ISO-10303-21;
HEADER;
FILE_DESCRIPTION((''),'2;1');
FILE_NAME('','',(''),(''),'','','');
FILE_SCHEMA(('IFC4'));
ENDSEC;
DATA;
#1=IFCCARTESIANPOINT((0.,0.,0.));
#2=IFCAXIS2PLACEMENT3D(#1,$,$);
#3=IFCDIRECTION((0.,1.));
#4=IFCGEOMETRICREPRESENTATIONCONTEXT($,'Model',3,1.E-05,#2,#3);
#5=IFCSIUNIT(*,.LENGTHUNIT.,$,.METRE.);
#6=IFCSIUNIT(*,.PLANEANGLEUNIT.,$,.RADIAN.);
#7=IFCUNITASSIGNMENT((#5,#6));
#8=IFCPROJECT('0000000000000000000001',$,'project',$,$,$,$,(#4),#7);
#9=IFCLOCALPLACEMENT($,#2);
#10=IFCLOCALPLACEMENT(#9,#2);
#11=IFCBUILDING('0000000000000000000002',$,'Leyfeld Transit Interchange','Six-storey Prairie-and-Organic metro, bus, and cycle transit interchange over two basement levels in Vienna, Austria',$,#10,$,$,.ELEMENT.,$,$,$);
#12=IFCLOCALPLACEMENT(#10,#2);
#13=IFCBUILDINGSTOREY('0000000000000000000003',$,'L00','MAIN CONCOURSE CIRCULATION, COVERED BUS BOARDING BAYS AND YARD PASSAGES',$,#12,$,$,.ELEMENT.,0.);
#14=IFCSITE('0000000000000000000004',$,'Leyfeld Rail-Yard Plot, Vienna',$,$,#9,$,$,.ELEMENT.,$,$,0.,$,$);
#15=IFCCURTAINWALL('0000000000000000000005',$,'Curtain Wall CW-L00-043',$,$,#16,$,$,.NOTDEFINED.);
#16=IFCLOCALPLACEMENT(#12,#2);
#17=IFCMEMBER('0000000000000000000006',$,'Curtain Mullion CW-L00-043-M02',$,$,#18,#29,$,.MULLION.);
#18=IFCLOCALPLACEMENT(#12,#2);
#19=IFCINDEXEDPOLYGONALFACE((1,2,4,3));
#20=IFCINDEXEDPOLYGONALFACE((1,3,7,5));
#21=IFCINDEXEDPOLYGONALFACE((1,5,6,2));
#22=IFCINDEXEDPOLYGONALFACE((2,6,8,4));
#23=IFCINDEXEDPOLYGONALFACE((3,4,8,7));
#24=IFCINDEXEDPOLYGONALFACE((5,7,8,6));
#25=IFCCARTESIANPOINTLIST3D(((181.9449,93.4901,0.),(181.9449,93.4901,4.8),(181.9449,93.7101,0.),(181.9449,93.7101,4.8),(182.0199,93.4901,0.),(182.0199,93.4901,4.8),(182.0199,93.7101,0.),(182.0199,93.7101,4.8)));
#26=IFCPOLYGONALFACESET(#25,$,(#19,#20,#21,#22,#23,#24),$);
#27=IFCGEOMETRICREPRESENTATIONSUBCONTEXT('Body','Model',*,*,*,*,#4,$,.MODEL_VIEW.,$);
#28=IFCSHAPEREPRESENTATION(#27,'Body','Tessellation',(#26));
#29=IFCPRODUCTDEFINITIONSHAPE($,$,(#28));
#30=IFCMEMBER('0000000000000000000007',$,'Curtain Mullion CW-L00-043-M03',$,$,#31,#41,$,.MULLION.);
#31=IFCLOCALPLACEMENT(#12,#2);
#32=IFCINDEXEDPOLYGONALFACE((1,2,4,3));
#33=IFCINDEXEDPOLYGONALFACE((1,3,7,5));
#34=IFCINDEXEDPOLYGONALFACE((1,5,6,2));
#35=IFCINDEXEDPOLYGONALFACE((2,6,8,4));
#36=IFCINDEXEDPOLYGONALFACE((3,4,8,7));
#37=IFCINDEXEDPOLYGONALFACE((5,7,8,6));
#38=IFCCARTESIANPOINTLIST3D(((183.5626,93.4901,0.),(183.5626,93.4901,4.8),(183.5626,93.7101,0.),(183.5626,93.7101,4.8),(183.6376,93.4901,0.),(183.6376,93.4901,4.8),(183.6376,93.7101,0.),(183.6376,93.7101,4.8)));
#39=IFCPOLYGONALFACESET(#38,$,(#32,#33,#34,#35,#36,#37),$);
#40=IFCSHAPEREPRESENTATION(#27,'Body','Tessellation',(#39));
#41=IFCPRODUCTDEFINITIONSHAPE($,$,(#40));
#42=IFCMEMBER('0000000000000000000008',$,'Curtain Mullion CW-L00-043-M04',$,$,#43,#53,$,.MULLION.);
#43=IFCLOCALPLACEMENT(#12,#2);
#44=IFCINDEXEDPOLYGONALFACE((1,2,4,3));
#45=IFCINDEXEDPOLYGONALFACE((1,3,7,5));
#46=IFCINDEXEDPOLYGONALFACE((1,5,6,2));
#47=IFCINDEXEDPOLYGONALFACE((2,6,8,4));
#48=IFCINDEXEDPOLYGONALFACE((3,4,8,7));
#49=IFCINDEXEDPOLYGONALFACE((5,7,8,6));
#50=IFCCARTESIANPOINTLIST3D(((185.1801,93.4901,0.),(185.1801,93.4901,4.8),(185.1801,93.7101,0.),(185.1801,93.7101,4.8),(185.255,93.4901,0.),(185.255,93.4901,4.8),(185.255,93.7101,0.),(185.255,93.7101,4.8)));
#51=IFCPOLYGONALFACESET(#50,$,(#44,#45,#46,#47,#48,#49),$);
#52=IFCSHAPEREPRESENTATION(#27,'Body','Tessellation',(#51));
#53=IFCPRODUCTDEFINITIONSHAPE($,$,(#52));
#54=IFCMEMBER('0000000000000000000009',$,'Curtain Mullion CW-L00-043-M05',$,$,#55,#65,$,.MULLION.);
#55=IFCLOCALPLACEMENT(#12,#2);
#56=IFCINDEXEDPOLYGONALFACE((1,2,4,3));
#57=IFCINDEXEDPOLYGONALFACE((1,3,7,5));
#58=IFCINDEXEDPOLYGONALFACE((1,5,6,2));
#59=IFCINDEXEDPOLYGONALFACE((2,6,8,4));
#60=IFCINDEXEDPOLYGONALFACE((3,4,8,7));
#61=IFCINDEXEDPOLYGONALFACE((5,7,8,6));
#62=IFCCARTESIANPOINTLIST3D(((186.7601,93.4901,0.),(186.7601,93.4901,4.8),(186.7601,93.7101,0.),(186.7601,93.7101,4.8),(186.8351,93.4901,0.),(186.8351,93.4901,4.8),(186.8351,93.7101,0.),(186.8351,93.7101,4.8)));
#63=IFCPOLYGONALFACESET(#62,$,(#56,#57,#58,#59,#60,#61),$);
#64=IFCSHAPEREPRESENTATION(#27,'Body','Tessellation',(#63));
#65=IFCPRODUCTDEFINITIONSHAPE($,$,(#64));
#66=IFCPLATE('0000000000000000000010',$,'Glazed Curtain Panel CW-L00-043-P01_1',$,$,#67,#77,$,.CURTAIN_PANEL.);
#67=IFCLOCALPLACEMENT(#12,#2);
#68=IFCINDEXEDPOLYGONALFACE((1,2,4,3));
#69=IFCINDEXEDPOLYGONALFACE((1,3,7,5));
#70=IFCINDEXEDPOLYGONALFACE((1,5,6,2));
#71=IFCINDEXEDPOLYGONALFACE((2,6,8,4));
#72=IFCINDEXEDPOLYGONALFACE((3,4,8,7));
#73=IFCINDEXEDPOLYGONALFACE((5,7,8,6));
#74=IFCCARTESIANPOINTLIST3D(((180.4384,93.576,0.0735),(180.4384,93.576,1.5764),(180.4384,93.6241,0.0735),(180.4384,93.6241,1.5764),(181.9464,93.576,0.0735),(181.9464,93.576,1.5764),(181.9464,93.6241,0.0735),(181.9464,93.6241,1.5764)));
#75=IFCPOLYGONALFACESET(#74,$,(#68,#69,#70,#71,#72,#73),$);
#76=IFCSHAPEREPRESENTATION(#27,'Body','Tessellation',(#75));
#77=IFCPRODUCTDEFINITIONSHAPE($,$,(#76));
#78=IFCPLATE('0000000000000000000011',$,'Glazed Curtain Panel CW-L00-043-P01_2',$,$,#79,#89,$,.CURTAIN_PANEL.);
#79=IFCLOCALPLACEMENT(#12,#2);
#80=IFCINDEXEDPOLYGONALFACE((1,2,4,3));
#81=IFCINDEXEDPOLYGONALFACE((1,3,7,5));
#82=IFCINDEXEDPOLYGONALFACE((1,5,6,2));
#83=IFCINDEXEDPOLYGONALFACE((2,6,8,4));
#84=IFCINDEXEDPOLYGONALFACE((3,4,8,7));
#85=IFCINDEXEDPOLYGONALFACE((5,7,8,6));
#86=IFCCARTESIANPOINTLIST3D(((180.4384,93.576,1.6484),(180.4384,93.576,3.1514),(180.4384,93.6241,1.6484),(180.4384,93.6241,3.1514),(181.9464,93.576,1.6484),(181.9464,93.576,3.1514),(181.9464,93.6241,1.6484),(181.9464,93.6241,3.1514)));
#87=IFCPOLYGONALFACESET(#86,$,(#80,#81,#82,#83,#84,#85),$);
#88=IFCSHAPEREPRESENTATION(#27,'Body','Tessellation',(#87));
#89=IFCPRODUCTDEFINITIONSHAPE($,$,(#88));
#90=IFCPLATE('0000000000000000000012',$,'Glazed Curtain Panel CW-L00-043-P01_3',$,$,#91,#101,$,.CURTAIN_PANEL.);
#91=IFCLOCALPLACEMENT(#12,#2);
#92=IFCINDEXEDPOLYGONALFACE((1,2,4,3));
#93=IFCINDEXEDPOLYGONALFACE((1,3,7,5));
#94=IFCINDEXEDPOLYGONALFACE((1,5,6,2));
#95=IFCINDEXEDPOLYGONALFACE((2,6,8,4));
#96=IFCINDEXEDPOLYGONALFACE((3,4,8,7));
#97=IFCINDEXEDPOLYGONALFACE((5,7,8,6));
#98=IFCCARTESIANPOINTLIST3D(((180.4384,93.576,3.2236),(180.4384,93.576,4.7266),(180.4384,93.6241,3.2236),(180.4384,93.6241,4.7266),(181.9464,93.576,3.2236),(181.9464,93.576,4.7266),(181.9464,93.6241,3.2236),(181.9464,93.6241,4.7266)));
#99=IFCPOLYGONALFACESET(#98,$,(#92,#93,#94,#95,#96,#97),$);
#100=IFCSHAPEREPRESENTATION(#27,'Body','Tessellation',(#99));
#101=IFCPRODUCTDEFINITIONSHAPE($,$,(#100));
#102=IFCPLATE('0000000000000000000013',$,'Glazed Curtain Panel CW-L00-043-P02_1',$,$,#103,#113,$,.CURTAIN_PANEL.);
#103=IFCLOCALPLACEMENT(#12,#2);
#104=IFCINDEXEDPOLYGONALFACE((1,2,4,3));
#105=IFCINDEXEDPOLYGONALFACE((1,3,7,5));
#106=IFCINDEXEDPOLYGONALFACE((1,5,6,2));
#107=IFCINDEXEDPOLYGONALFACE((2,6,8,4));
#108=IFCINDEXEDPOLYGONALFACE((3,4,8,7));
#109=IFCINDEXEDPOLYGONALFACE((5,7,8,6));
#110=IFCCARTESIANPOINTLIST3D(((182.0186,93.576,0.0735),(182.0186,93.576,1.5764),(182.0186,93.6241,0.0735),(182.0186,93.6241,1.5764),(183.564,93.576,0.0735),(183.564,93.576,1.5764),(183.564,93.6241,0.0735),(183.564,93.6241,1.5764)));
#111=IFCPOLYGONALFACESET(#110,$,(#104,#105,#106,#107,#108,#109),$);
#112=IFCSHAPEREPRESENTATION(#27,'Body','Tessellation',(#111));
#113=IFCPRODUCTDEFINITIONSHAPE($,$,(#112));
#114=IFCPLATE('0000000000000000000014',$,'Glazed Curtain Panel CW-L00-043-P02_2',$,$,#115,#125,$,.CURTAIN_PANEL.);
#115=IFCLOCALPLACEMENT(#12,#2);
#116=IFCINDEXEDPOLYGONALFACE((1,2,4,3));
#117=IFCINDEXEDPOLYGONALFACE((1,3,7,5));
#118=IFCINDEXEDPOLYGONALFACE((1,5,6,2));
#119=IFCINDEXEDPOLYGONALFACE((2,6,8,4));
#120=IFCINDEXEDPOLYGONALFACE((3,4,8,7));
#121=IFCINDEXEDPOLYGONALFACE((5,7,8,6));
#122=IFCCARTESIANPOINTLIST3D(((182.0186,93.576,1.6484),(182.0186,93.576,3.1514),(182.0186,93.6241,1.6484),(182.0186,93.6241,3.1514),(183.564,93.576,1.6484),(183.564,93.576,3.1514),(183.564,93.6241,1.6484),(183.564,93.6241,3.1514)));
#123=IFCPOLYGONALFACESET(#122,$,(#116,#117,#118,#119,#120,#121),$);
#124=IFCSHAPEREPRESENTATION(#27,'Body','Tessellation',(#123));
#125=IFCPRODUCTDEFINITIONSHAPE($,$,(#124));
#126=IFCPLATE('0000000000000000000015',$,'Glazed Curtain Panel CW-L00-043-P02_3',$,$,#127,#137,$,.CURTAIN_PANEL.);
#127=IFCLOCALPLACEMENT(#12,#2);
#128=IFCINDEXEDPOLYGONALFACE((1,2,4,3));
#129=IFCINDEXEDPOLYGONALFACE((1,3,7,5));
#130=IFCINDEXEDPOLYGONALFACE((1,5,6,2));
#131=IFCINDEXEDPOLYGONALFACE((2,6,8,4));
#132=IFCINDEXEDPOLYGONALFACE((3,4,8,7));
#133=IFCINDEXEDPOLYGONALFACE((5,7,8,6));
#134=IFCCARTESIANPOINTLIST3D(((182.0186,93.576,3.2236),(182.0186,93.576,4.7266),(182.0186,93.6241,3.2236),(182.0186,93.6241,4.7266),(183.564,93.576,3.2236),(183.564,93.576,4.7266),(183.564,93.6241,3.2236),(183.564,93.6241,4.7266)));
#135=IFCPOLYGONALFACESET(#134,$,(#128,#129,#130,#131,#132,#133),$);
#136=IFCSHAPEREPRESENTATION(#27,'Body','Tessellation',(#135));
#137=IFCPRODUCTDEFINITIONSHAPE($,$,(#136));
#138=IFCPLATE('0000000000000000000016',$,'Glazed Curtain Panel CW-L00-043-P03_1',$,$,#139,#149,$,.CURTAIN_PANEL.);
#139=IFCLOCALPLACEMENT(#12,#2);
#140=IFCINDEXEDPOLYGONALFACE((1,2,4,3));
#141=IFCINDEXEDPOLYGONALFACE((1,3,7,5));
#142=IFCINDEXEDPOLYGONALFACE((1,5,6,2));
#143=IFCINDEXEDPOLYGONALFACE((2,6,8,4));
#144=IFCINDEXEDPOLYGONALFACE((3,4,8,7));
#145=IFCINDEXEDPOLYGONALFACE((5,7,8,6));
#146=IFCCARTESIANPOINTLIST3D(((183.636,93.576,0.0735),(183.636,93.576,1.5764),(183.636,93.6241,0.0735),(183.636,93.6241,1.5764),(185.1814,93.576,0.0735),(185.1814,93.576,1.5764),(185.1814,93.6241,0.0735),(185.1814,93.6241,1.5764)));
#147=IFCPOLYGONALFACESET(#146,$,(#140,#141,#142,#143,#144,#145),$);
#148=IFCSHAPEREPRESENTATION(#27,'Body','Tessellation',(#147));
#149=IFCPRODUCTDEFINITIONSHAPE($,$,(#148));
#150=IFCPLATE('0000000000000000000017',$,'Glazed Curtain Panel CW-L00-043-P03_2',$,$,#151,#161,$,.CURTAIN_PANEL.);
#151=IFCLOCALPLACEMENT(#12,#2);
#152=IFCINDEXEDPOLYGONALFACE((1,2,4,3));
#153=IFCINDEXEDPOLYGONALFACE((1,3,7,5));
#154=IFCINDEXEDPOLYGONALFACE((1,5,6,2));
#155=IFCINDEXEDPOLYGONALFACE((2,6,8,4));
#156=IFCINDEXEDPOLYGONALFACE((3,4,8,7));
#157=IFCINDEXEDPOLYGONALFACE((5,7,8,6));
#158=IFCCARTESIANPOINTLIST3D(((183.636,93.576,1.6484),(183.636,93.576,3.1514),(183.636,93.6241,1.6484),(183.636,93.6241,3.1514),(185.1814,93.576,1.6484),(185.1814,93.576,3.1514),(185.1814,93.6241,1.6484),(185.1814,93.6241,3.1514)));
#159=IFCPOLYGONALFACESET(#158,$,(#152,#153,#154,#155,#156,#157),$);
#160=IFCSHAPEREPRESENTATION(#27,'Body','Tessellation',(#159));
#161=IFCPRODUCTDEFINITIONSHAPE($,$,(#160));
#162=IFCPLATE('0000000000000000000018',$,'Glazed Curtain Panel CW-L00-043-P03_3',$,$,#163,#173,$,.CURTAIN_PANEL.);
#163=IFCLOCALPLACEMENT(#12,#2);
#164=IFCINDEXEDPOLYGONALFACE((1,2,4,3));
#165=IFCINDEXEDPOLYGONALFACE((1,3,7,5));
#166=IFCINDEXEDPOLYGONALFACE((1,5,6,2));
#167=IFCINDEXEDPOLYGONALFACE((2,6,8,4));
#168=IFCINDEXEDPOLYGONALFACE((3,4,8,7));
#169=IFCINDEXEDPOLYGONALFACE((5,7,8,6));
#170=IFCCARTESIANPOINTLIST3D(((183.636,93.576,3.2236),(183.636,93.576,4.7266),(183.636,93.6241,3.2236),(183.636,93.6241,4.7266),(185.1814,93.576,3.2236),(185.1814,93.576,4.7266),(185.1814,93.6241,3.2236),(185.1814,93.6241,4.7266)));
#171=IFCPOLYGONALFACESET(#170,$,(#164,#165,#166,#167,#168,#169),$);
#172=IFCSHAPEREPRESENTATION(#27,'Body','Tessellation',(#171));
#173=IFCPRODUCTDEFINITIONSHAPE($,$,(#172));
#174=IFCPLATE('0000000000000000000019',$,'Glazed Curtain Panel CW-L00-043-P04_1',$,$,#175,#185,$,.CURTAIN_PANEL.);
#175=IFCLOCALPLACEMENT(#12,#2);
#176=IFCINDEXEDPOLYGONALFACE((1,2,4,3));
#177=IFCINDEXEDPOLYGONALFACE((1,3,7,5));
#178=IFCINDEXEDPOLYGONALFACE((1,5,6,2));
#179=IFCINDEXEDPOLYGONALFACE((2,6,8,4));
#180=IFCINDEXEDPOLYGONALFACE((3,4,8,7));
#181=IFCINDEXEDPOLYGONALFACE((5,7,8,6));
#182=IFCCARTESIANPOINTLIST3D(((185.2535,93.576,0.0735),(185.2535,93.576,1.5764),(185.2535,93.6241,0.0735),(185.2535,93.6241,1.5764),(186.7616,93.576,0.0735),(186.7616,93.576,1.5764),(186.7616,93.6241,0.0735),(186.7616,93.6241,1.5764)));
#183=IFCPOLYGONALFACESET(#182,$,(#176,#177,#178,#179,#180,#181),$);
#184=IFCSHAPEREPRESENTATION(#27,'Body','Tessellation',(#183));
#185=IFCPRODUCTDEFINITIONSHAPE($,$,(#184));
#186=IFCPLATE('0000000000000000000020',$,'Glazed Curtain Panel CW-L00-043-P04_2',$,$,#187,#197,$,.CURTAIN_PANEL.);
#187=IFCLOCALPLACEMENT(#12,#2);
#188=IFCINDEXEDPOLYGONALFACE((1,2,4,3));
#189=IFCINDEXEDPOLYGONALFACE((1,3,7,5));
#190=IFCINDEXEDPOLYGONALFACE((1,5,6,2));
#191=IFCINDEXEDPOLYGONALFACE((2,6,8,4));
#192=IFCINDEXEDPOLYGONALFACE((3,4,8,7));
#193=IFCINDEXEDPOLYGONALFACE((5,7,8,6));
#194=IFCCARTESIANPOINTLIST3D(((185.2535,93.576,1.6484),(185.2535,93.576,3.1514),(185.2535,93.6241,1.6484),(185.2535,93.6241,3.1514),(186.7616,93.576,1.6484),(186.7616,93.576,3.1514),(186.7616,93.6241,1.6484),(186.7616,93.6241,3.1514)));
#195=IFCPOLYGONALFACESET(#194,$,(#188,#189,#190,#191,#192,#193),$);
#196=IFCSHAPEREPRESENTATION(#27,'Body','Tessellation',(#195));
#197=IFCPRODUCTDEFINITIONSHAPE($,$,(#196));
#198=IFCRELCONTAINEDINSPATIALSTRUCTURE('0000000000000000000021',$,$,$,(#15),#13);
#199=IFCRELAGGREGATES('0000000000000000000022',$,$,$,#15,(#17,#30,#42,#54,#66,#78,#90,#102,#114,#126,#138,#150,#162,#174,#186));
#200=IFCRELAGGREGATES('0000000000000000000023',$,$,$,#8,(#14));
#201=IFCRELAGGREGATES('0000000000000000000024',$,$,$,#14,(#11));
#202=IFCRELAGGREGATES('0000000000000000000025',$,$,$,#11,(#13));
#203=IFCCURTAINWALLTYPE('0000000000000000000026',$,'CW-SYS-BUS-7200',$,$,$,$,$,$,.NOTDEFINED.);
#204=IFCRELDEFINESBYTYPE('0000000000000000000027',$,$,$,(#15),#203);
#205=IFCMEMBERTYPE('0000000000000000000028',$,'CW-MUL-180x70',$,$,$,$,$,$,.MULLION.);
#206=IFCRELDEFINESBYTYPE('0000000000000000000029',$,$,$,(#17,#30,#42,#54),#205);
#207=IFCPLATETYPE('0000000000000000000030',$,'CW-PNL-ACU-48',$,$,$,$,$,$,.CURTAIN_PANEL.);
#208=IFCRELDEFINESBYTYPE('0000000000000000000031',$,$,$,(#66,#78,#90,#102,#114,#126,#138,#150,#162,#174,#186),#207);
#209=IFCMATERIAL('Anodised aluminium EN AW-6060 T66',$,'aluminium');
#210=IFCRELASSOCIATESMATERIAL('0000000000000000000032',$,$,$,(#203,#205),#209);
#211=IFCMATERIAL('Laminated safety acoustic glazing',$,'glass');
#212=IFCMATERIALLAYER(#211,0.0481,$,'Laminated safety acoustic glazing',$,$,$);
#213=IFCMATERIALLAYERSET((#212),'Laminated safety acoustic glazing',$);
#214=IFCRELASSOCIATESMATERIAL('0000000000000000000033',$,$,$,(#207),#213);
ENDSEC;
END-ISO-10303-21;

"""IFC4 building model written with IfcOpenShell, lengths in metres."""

from ifc_helpers import new_model, si_unit, direction, frame, origin, origin_2d, place, context, subcontext, project, spatial, rectangle, extrude, material, layer, layer_set, material_profile, profile_set, type_object, element, aggregate, save


model = new_model("IFC4")

# Units and contexts
model_context = context("Model", 3, precision=1e-05, world=origin(), true_north=direction((0.0, 1.0)))
body_context = subcontext(model_context, "Body", "Model", "MODEL_VIEW")
ifc_project = project(units=[si_unit("LENGTHUNIT", "METRE"), si_unit("PLANEANGLEUNIT", "RADIAN")], contexts=[model_context])

# Site, building, storey
site_placement = place(None, origin())
site = spatial("IfcSite", under=ifc_project, at=site_placement, Name="Leyfeld Rail-Yard Plot, Vienna", CompositionType="ELEMENT", RefElevation=0.0)
building_placement = place(site_placement, origin())
building = spatial("IfcBuilding", under=site, at=building_placement, Name="Leyfeld Transit Interchange", Description="Six-storey Prairie-and-Organic metro, bus, and cycle transit interchange over two basement levels in Vienna, Austria", CompositionType="ELEMENT")
storey_placement = place(building_placement, origin())
storey = spatial("IfcBuildingStorey", under=building, at=storey_placement, Name="L00", Description="MAIN CONCOURSE CIRCULATION, COVERED BUS BOARDING BAYS AND YARD PASSAGES", CompositionType="ELEMENT", Elevation=0.0)

# Curtain wall, members, plates
ifc_material_1 = material(Name="Anodised aluminium EN AW-6060 T66", Category="aluminium")
curtain_wall_type = type_object("IfcCurtainWallType", Name="CW-SYS-BUS-7200", PredefinedType="NOTDEFINED", material=ifc_material_1)
curtain_wall_1_placement = place(storey_placement, origin())
curtain_wall_1 = element("IfcCurtainWall", 1, at=curtain_wall_1_placement, inside=storey, type_object=curtain_wall_type, Name="Curtain Wall CW-L00-043", PredefinedType="NOTDEFINED")
ifc_material_profile_1 = material_profile(ifc_material_1, rectangle(XDim=0.075, YDim=0.22, at=origin_2d()), Name="CW-M 75x220")
ifc_profile_set_1 = profile_set([ifc_material_profile_1], Name="Anodised aluminium EN AW-6060 T66")
member_type = type_object("IfcMemberType", Name="CW-MUL-180x70", PredefinedType="MULLION", material=ifc_profile_set_1)
member_1_placement = place(storey_placement, frame((181.9824, 93.6001, 0.0), z_axis=(0.0, 0.0, 1.0), x_axis=(1.0, 0.0, 0.0)))
member_1 = element("IfcMember", 2, at=member_1_placement, type_object=member_type, Name="Curtain Mullion CW-L00-043-M02", PredefinedType="MULLION", context=body_context, shape_type="SweptSolid", body=[
    extrude(rectangle(XDim=0.075, YDim=0.22, at=origin_2d()), origin(), (0.0, 0.0, 1.0), 4.8),
])
member_2_placement = place(storey_placement, frame((183.6001, 93.6001, 0.0), z_axis=(0.0, 0.0, 1.0), x_axis=(1.0, 0.0, 0.0)))
member_2 = element("IfcMember", 3, at=member_2_placement, type_object=member_type, Name="Curtain Mullion CW-L00-043-M03", PredefinedType="MULLION", context=body_context, shape_type="SweptSolid", body=[
    extrude(rectangle(XDim=0.075, YDim=0.22, at=origin_2d()), origin(), (0.0, 0.0, 1.0), 4.8),
])
member_3_placement = place(storey_placement, frame((185.2175, 93.6001, 0.0), z_axis=(0.0, 0.0, 1.0), x_axis=(1.0, 0.0, 0.0)))
member_3 = element("IfcMember", 4, at=member_3_placement, type_object=member_type, Name="Curtain Mullion CW-L00-043-M04", PredefinedType="MULLION", context=body_context, shape_type="SweptSolid", body=[
    extrude(rectangle(XDim=0.075, YDim=0.22, at=origin_2d()), origin(), (0.0, 0.0, 1.0), 4.8),
])
member_4_placement = place(storey_placement, frame((186.7976, 93.6001, 0.0), z_axis=(0.0, 0.0, 1.0), x_axis=(1.0, 0.0, 0.0)))
member_4 = element("IfcMember", 5, at=member_4_placement, type_object=member_type, Name="Curtain Mullion CW-L00-043-M05", PredefinedType="MULLION", context=body_context, shape_type="SweptSolid", body=[
    extrude(rectangle(XDim=0.075, YDim=0.22, at=origin_2d()), origin(), (0.0, 0.0, 1.0), 4.8),
])
ifc_material_2 = material(Name="Laminated safety acoustic glazing", Category="glass")
ifc_layer = layer(ifc_material_2, 0.0481, Name="Laminated safety acoustic glazing")
ifc_layer_set = layer_set([ifc_layer], Name="Laminated safety acoustic glazing")
plate_type = type_object("IfcPlateType", Name="CW-PNL-ACU-48", PredefinedType="CURTAIN_PANEL", material=ifc_layer_set)
plate_1_placement = place(storey_placement, frame((181.1924, 93.6001, 0.0735), z_axis=(0.0, 0.0, 1.0), x_axis=(1.0, 0.0, 0.0)))
plate_1 = element("IfcPlate", 6, at=plate_1_placement, type_object=plate_type, Name="Glazed Curtain Panel CW-L00-043-P01_1", PredefinedType="CURTAIN_PANEL", context=body_context, shape_type="SweptSolid", body=[
    extrude(rectangle(XDim=1.5081, YDim=0.0481, at=origin_2d()), origin(), (0.0, 0.0, 1.0), 1.5029),
])
plate_2_placement = place(storey_placement, frame((181.1924, 93.6001, 1.6484), z_axis=(0.0, 0.0, 1.0), x_axis=(1.0, 0.0, 0.0)))
plate_2 = element("IfcPlate", 7, at=plate_2_placement, type_object=plate_type, Name="Glazed Curtain Panel CW-L00-043-P01_2", PredefinedType="CURTAIN_PANEL", context=body_context, shape_type="SweptSolid", body=[
    extrude(rectangle(XDim=1.5081, YDim=0.0481, at=origin_2d()), origin(), (0.0, 0.0, 1.0), 1.5029),
])
plate_3_placement = place(storey_placement, frame((181.1924, 93.6001, 3.2236), z_axis=(0.0, 0.0, 1.0), x_axis=(1.0, 0.0, 0.0)))
plate_3 = element("IfcPlate", 8, at=plate_3_placement, type_object=plate_type, Name="Glazed Curtain Panel CW-L00-043-P01_3", PredefinedType="CURTAIN_PANEL", context=body_context, shape_type="SweptSolid", body=[
    extrude(rectangle(XDim=1.5081, YDim=0.0481, at=origin_2d()), origin(), (0.0, 0.0, 1.0), 1.5029),
])
plate_4_placement = place(storey_placement, frame((182.7913, 93.6001, 0.0735), z_axis=(0.0, 0.0, 1.0), x_axis=(1.0, 0.0, 0.0)))
plate_4 = element("IfcPlate", 9, at=plate_4_placement, type_object=plate_type, Name="Glazed Curtain Panel CW-L00-043-P02_1", PredefinedType="CURTAIN_PANEL", context=body_context, shape_type="SweptSolid", body=[
    extrude(rectangle(XDim=1.5454, YDim=0.0481, at=origin_2d()), origin(), (0.0, 0.0, 1.0), 1.5029),
])
plate_5_placement = place(storey_placement, frame((182.7913, 93.6001, 1.6484), z_axis=(0.0, 0.0, 1.0), x_axis=(1.0, 0.0, 0.0)))
plate_5 = element("IfcPlate", 10, at=plate_5_placement, type_object=plate_type, Name="Glazed Curtain Panel CW-L00-043-P02_2", PredefinedType="CURTAIN_PANEL", context=body_context, shape_type="SweptSolid", body=[
    extrude(rectangle(XDim=1.5454, YDim=0.0481, at=origin_2d()), origin(), (0.0, 0.0, 1.0), 1.5029),
])
plate_6_placement = place(storey_placement, frame((182.7913, 93.6001, 3.2236), z_axis=(0.0, 0.0, 1.0), x_axis=(1.0, 0.0, 0.0)))
plate_6 = element("IfcPlate", 11, at=plate_6_placement, type_object=plate_type, Name="Glazed Curtain Panel CW-L00-043-P02_3", PredefinedType="CURTAIN_PANEL", context=body_context, shape_type="SweptSolid", body=[
    extrude(rectangle(XDim=1.5454, YDim=0.0481, at=origin_2d()), origin(), (0.0, 0.0, 1.0), 1.5029),
])
plate_7_placement = place(storey_placement, frame((184.4087, 93.6001, 0.0735), z_axis=(0.0, 0.0, 1.0), x_axis=(1.0, 0.0, 0.0)))
plate_7 = element("IfcPlate", 12, at=plate_7_placement, type_object=plate_type, Name="Glazed Curtain Panel CW-L00-043-P03_1", PredefinedType="CURTAIN_PANEL", context=body_context, shape_type="SweptSolid", body=[
    extrude(rectangle(XDim=1.5454, YDim=0.0481, at=origin_2d()), origin(), (0.0, 0.0, 1.0), 1.5029),
])
plate_8_placement = place(storey_placement, frame((184.4087, 93.6001, 1.6484), z_axis=(0.0, 0.0, 1.0), x_axis=(1.0, 0.0, 0.0)))
plate_8 = element("IfcPlate", 13, at=plate_8_placement, type_object=plate_type, Name="Glazed Curtain Panel CW-L00-043-P03_2", PredefinedType="CURTAIN_PANEL", context=body_context, shape_type="SweptSolid", body=[
    extrude(rectangle(XDim=1.5454, YDim=0.0481, at=origin_2d()), origin(), (0.0, 0.0, 1.0), 1.5029),
])
plate_9_placement = place(storey_placement, frame((184.4087, 93.6001, 3.2236), z_axis=(0.0, 0.0, 1.0), x_axis=(1.0, 0.0, 0.0)))
plate_9 = element("IfcPlate", 14, at=plate_9_placement, type_object=plate_type, Name="Glazed Curtain Panel CW-L00-043-P03_3", PredefinedType="CURTAIN_PANEL", context=body_context, shape_type="SweptSolid", body=[
    extrude(rectangle(XDim=1.5454, YDim=0.0481, at=origin_2d()), origin(), (0.0, 0.0, 1.0), 1.5029),
])
plate_10_placement = place(storey_placement, frame((186.0076, 93.6001, 0.0735), z_axis=(0.0, 0.0, 1.0), x_axis=(1.0, 0.0, 0.0)))
plate_10 = element("IfcPlate", 15, at=plate_10_placement, type_object=plate_type, Name="Glazed Curtain Panel CW-L00-043-P04_1", PredefinedType="CURTAIN_PANEL", context=body_context, shape_type="SweptSolid", body=[
    extrude(rectangle(XDim=1.5081, YDim=0.0481, at=origin_2d()), origin(), (0.0, 0.0, 1.0), 1.5029),
])
plate_11_placement = place(storey_placement, frame((186.0076, 93.6001, 1.6484), z_axis=(0.0, 0.0, 1.0), x_axis=(1.0, 0.0, 0.0)))
plate_11 = element("IfcPlate", 16, at=plate_11_placement, type_object=plate_type, Name="Glazed Curtain Panel CW-L00-043-P04_2", PredefinedType="CURTAIN_PANEL", context=body_context, shape_type="SweptSolid", body=[
    extrude(rectangle(XDim=1.5081, YDim=0.0481, at=origin_2d()), origin(), (0.0, 0.0, 1.0), 1.5029),
])
aggregate(curtain_wall_1, [member_1, member_2, member_3, member_4, plate_1, plate_2, plate_3, plate_4, plate_5, plate_6, plate_7, plate_8, plate_9, plate_10, plate_11])

save(model, "model.ifc")
